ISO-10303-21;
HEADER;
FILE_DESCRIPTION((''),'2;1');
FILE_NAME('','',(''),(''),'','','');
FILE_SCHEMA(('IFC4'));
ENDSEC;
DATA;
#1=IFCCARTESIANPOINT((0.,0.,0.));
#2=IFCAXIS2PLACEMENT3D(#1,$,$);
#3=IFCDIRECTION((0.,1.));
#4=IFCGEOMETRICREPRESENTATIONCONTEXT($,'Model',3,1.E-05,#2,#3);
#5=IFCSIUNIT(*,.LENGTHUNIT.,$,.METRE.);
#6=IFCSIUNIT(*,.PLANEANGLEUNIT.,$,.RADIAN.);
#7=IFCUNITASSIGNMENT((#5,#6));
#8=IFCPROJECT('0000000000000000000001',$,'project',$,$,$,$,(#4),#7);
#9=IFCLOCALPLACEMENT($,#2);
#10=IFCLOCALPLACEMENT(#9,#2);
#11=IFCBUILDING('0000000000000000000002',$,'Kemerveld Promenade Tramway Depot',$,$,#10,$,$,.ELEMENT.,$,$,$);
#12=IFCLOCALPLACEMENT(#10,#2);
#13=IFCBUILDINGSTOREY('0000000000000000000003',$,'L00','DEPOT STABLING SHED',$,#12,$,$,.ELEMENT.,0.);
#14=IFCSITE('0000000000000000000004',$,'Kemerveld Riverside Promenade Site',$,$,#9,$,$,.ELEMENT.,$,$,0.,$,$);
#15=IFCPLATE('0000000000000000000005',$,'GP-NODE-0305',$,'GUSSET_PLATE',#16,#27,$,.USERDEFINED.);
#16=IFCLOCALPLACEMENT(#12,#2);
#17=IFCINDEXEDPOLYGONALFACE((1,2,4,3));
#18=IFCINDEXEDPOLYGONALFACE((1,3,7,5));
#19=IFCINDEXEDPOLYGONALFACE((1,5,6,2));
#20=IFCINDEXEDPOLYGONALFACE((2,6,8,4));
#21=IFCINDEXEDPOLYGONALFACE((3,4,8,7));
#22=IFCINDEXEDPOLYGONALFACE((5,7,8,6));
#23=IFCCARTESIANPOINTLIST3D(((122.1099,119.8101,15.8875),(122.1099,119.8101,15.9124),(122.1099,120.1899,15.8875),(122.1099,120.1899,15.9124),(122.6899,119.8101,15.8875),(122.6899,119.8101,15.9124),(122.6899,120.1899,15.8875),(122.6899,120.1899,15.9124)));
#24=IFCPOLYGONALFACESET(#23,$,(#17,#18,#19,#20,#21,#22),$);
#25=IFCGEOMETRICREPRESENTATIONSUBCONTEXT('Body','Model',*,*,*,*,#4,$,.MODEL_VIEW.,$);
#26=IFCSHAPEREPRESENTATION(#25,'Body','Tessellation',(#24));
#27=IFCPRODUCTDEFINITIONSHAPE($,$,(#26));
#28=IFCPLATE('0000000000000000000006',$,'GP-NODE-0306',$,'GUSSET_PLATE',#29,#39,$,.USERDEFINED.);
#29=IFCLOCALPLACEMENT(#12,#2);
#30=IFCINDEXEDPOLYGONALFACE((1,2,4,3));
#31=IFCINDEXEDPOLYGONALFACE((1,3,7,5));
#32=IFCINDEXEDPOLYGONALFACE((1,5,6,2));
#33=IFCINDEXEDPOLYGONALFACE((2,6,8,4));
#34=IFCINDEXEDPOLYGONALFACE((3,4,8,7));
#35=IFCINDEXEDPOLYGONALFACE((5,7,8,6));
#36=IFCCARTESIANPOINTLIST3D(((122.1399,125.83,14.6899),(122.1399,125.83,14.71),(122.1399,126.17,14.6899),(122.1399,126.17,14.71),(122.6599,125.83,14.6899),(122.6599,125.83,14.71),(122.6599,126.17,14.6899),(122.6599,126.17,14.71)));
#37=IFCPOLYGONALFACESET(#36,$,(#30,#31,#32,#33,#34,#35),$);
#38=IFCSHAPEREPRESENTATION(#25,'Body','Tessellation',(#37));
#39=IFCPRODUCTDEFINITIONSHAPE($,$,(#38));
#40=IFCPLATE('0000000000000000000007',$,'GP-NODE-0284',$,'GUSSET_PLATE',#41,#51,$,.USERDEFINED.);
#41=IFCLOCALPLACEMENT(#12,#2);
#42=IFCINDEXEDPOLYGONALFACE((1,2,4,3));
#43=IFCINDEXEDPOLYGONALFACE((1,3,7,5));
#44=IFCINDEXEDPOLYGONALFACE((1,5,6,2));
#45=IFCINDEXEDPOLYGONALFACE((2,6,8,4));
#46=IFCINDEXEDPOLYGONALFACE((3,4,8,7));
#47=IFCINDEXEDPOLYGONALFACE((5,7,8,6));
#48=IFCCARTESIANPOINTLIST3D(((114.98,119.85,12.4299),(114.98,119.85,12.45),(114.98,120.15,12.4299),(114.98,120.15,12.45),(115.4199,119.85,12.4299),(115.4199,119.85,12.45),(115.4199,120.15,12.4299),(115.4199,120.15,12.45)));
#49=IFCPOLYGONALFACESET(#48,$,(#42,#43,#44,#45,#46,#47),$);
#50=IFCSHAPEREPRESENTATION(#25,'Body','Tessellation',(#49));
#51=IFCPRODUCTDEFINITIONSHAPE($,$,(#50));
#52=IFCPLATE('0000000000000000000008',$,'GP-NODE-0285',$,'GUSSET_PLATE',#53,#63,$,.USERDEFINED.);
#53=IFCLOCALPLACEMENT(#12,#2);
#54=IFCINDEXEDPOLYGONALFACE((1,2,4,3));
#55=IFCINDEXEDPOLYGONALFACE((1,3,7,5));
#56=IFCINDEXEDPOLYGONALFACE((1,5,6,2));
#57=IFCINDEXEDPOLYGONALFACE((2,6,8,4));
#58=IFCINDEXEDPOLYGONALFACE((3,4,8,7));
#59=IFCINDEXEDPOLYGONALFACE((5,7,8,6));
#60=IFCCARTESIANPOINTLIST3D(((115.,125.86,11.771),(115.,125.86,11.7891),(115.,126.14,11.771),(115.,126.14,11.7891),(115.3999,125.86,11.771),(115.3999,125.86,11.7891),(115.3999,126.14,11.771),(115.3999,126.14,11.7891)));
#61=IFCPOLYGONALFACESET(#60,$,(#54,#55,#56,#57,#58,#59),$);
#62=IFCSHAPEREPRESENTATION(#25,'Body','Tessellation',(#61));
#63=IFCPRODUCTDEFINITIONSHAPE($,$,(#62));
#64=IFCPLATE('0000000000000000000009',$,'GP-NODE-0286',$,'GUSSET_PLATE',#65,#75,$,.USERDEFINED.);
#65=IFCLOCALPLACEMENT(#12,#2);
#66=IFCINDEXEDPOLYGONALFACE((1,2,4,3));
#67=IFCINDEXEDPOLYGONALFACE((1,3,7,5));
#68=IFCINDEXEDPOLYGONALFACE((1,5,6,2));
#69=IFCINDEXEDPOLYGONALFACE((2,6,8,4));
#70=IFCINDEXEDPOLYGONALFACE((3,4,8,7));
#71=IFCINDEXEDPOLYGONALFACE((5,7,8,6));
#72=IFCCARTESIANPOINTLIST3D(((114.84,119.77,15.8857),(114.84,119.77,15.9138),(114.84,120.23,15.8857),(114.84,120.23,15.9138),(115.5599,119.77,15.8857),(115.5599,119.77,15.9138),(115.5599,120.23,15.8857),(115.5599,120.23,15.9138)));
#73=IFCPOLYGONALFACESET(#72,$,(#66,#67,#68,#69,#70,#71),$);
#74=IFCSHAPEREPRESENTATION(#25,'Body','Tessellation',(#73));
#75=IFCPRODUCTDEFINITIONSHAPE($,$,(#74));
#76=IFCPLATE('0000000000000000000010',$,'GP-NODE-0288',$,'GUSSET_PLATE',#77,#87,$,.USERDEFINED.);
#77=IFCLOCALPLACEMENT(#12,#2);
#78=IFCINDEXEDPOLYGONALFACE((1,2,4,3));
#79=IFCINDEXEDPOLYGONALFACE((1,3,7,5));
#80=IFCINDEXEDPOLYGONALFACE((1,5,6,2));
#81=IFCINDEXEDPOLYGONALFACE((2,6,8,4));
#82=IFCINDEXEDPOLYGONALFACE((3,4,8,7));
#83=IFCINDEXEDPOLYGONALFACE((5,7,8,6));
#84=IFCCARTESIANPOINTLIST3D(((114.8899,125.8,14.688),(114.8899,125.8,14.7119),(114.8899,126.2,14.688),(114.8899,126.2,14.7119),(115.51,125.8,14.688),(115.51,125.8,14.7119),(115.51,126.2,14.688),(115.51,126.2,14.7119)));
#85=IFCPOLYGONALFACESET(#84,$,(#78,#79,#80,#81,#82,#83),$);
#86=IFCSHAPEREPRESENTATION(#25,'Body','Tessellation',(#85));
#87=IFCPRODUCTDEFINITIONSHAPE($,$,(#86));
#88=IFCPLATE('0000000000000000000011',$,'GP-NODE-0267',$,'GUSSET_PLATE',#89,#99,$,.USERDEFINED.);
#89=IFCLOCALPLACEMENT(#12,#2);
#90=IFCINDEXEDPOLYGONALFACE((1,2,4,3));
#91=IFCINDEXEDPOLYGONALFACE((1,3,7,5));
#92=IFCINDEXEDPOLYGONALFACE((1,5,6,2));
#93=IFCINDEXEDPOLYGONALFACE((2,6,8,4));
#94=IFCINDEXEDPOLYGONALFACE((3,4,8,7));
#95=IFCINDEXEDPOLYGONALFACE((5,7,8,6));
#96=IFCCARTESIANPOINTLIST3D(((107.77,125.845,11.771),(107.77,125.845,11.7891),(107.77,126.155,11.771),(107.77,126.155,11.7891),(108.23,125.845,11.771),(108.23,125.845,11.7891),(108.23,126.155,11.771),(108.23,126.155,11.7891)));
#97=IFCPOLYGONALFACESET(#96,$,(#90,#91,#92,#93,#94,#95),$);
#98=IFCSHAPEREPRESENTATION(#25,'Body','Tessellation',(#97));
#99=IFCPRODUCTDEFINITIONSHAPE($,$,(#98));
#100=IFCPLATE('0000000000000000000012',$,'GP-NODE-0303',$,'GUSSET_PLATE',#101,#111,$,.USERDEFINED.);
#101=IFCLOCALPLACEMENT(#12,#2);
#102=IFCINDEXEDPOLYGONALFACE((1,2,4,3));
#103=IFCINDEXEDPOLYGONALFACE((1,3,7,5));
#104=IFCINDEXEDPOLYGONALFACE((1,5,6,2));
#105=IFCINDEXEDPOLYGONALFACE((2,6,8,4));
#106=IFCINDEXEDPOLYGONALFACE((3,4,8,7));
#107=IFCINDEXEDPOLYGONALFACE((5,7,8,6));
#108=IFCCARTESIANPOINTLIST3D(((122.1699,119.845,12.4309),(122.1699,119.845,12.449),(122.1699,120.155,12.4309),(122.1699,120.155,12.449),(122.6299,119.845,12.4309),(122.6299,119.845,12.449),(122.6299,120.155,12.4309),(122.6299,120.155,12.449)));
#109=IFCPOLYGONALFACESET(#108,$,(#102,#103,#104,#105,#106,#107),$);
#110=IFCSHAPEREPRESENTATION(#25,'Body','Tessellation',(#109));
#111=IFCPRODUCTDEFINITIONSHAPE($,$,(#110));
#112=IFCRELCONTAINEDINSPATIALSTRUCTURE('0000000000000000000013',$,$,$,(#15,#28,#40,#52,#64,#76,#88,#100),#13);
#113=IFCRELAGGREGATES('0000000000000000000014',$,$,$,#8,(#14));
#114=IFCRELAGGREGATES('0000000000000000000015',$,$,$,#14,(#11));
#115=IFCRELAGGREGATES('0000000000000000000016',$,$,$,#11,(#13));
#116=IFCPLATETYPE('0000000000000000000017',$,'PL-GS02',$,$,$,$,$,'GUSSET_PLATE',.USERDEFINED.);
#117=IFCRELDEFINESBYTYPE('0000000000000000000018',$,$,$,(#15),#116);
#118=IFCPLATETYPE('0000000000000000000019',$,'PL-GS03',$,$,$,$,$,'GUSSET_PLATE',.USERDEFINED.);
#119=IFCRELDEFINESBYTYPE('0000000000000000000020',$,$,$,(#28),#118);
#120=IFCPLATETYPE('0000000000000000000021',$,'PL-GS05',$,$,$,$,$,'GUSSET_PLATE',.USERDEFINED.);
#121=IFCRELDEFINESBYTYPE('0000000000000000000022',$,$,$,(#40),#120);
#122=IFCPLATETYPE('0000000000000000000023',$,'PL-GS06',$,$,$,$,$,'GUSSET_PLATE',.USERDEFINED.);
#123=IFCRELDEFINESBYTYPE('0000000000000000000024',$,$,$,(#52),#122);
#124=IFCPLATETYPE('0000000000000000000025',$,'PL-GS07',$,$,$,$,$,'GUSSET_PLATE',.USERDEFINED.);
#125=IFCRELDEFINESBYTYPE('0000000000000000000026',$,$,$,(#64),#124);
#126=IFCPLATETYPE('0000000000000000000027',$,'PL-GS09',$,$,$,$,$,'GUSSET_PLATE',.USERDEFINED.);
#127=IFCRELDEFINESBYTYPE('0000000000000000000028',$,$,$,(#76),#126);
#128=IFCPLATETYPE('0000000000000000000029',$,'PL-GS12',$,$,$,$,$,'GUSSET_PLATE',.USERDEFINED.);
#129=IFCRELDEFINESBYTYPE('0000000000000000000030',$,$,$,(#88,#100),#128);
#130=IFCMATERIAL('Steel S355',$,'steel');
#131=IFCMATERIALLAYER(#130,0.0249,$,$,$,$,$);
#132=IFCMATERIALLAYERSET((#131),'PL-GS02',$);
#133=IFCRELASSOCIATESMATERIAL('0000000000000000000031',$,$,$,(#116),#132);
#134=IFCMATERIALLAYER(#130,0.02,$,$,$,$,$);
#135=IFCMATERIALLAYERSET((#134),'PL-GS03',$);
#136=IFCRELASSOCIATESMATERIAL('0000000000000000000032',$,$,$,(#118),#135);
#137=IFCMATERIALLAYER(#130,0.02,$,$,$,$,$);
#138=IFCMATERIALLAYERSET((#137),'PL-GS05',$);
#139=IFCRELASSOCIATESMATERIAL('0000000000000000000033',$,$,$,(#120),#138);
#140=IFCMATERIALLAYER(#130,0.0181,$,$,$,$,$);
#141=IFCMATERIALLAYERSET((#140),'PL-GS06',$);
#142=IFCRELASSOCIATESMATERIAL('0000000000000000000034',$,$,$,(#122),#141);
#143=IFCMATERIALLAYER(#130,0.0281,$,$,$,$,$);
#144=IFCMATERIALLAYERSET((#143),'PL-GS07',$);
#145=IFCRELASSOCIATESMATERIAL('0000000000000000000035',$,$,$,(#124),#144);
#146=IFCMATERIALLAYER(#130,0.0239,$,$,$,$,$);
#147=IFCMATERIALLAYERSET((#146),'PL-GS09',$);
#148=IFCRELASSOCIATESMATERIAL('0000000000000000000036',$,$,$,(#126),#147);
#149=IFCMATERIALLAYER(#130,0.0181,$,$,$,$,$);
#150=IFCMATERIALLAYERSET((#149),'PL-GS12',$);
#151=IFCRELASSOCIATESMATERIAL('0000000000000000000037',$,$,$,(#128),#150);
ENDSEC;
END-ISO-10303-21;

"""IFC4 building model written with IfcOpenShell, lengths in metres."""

from ifc_helpers import new_model, si_unit, direction, frame, origin, origin_2d, place, context, subcontext, project, spatial, rectangle, extrude, material, layer, layer_set, type_object, element, save


model = new_model("IFC4")

# Units and contexts
model_context = context("Model", 3, precision=1e-05, world=origin(), true_north=direction((0.0, 1.0)))
body_context = subcontext(model_context, "Body", "Model", "MODEL_VIEW")
ifc_project = project(units=[si_unit("LENGTHUNIT", "METRE"), si_unit("PLANEANGLEUNIT", "RADIAN")], contexts=[model_context])

# Site, building, storey
site_placement = place(None, origin())
site = spatial("IfcSite", under=ifc_project, at=site_placement, Name="Kemerveld Riverside Promenade Site", CompositionType="ELEMENT", RefElevation=0.0)
building_placement = place(site_placement, origin())
building = spatial("IfcBuilding", under=site, at=building_placement, Name="Kemerveld Promenade Tramway Depot", CompositionType="ELEMENT")
storey_placement = place(building_placement, origin())
storey = spatial("IfcBuildingStorey", under=building, at=storey_placement, Name="L00", Description="DEPOT STABLING SHED", CompositionType="ELEMENT", Elevation=0.0)

# Shared definitions
ifc_material_1 = material(Name="Steel S355", Category="steel")

# Plates
ifc_layer_1 = layer(ifc_material_1, 0.0249)
ifc_layer_set_1 = layer_set([ifc_layer_1], Name="PL-GS02")
plate_type_1 = type_object("IfcPlateType", Name="PL-GS02", ElementType="GUSSET_PLATE", PredefinedType="USERDEFINED", material=ifc_layer_set_1)
for number, where, z_axis, x_axis, name in (
    (1, (122.3999, 120.0, 15.8875), (0.0, 0.0, 1.0), (1.0, 0.0, 0.0), "GP-NODE-0305"),
):
    element("IfcPlate", number, at=place(storey_placement, frame(where, z_axis=z_axis, x_axis=x_axis)), inside=storey, type_object=plate_type_1, Name=name, ObjectType="GUSSET_PLATE", PredefinedType="USERDEFINED", context=body_context, shape_type="SweptSolid", body=[
        extrude(rectangle(XDim=0.5801, YDim=0.3799, at=origin_2d()), origin(), (0.0, 0.0, 1.0), 0.0249),
    ])
ifc_layer_2 = layer(ifc_material_1, 0.02)
ifc_layer_set_2 = layer_set([ifc_layer_2], Name="PL-GS03")
plate_type_2 = type_object("IfcPlateType", Name="PL-GS03", ElementType="GUSSET_PLATE", PredefinedType="USERDEFINED", material=ifc_layer_set_2)
plate_1_placement = place(storey_placement, frame((122.3999, 126.0, 14.6899), z_axis=(0.0, 0.0, 1.0), x_axis=(1.0, 0.0, 0.0)))
element("IfcPlate", 2, at=plate_1_placement, inside=storey, type_object=plate_type_2, Name="GP-NODE-0306", ObjectType="GUSSET_PLATE", PredefinedType="USERDEFINED", context=body_context, shape_type="SweptSolid", body=[
    extrude(rectangle(XDim=0.52, YDim=0.3401, at=origin_2d()), origin(), (0.0, 0.0, 1.0), 0.02),
])
ifc_layer_3 = layer(ifc_material_1, 0.02)
ifc_layer_set_3 = layer_set([ifc_layer_3], Name="PL-GS05")
plate_type_3 = type_object("IfcPlateType", Name="PL-GS05", ElementType="GUSSET_PLATE", PredefinedType="USERDEFINED", material=ifc_layer_set_3)
plate_2_placement = place(storey_placement, frame((115.2, 120.0, 12.4299), z_axis=(0.0, 0.0, 1.0), x_axis=(1.0, 0.0, 0.0)))
element("IfcPlate", 3, at=plate_2_placement, inside=storey, type_object=plate_type_3, Name="GP-NODE-0284", ObjectType="GUSSET_PLATE", PredefinedType="USERDEFINED", context=body_context, shape_type="SweptSolid", body=[
    extrude(rectangle(XDim=0.4399, YDim=0.3, at=origin_2d()), origin(), (0.0, 0.0, 1.0), 0.02),
])
ifc_layer_4 = layer(ifc_material_1, 0.0181)
ifc_layer_set_4 = layer_set([ifc_layer_4], Name="PL-GS06")
plate_type_4 = type_object("IfcPlateType", Name="PL-GS06", ElementType="GUSSET_PLATE", PredefinedType="USERDEFINED", material=ifc_layer_set_4)
plate_3_placement = place(storey_placement, frame((115.2, 126.0, 11.771), z_axis=(0.0, 0.0, 1.0), x_axis=(1.0, 0.0, 0.0)))
element("IfcPlate", 4, at=plate_3_placement, inside=storey, type_object=plate_type_4, Name="GP-NODE-0285", ObjectType="GUSSET_PLATE", PredefinedType="USERDEFINED", context=body_context, shape_type="SweptSolid", body=[
    extrude(rectangle(XDim=0.3999, YDim=0.28, at=origin_2d()), origin(), (0.0, 0.0, 1.0), 0.0181),
])
ifc_layer_5 = layer(ifc_material_1, 0.0281)
ifc_layer_set_5 = layer_set([ifc_layer_5], Name="PL-GS07")
plate_type_5 = type_object("IfcPlateType", Name="PL-GS07", ElementType="GUSSET_PLATE", PredefinedType="USERDEFINED", material=ifc_layer_set_5)
plate_4_placement = place(storey_placement, frame((115.2, 120.0, 15.8857), z_axis=(0.0, 0.0, 1.0), x_axis=(1.0, 0.0, 0.0)))
element("IfcPlate", 5, at=plate_4_placement, inside=storey, type_object=plate_type_5, Name="GP-NODE-0286", ObjectType="GUSSET_PLATE", PredefinedType="USERDEFINED", context=body_context, shape_type="SweptSolid", body=[
    extrude(rectangle(XDim=0.72, YDim=0.46, at=origin_2d()), origin(), (0.0, 0.0, 1.0), 0.0281),
])
ifc_layer_6 = layer(ifc_material_1, 0.0239)
ifc_layer_set_6 = layer_set([ifc_layer_6], Name="PL-GS09")
plate_type_6 = type_object("IfcPlateType", Name="PL-GS09", ElementType="GUSSET_PLATE", PredefinedType="USERDEFINED", material=ifc_layer_set_6)
plate_5_placement = place(storey_placement, frame((115.2, 126.0, 14.688), z_axis=(0.0, 0.0, 1.0), x_axis=(1.0, 0.0, 0.0)))
element("IfcPlate", 6, at=plate_5_placement, inside=storey, type_object=plate_type_6, Name="GP-NODE-0288", ObjectType="GUSSET_PLATE", PredefinedType="USERDEFINED", context=body_context, shape_type="SweptSolid", body=[
    extrude(rectangle(XDim=0.6201, YDim=0.3999, at=origin_2d()), origin(), (0.0, 0.0, 1.0), 0.0239),
])
ifc_layer_7 = layer(ifc_material_1, 0.0181)
ifc_layer_set_7 = layer_set([ifc_layer_7], Name="PL-GS12")
plate_type_7 = type_object("IfcPlateType", Name="PL-GS12", ElementType="GUSSET_PLATE", PredefinedType="USERDEFINED", material=ifc_layer_set_7)
for number, where, z_axis, x_axis, name in (
    (7, (108.0, 126.0, 11.771), (0.0, 0.0, 1.0), (1.0, 0.0, 0.0), "GP-NODE-0267"),
    (8, (122.3999, 120.0, 12.4309), (0.0, 0.0, 1.0), (1.0, 0.0, 0.0), "GP-NODE-0303"),
):
    element("IfcPlate", number, at=place(storey_placement, frame(where, z_axis=z_axis, x_axis=x_axis)), inside=storey, type_object=plate_type_7, Name=name, ObjectType="GUSSET_PLATE", PredefinedType="USERDEFINED", context=body_context, shape_type="SweptSolid", body=[
        extrude(rectangle(XDim=0.46, YDim=0.3101, at=origin_2d()), origin(), (0.0, 0.0, 1.0), 0.0181),
    ])

save(model, "model.ifc")
